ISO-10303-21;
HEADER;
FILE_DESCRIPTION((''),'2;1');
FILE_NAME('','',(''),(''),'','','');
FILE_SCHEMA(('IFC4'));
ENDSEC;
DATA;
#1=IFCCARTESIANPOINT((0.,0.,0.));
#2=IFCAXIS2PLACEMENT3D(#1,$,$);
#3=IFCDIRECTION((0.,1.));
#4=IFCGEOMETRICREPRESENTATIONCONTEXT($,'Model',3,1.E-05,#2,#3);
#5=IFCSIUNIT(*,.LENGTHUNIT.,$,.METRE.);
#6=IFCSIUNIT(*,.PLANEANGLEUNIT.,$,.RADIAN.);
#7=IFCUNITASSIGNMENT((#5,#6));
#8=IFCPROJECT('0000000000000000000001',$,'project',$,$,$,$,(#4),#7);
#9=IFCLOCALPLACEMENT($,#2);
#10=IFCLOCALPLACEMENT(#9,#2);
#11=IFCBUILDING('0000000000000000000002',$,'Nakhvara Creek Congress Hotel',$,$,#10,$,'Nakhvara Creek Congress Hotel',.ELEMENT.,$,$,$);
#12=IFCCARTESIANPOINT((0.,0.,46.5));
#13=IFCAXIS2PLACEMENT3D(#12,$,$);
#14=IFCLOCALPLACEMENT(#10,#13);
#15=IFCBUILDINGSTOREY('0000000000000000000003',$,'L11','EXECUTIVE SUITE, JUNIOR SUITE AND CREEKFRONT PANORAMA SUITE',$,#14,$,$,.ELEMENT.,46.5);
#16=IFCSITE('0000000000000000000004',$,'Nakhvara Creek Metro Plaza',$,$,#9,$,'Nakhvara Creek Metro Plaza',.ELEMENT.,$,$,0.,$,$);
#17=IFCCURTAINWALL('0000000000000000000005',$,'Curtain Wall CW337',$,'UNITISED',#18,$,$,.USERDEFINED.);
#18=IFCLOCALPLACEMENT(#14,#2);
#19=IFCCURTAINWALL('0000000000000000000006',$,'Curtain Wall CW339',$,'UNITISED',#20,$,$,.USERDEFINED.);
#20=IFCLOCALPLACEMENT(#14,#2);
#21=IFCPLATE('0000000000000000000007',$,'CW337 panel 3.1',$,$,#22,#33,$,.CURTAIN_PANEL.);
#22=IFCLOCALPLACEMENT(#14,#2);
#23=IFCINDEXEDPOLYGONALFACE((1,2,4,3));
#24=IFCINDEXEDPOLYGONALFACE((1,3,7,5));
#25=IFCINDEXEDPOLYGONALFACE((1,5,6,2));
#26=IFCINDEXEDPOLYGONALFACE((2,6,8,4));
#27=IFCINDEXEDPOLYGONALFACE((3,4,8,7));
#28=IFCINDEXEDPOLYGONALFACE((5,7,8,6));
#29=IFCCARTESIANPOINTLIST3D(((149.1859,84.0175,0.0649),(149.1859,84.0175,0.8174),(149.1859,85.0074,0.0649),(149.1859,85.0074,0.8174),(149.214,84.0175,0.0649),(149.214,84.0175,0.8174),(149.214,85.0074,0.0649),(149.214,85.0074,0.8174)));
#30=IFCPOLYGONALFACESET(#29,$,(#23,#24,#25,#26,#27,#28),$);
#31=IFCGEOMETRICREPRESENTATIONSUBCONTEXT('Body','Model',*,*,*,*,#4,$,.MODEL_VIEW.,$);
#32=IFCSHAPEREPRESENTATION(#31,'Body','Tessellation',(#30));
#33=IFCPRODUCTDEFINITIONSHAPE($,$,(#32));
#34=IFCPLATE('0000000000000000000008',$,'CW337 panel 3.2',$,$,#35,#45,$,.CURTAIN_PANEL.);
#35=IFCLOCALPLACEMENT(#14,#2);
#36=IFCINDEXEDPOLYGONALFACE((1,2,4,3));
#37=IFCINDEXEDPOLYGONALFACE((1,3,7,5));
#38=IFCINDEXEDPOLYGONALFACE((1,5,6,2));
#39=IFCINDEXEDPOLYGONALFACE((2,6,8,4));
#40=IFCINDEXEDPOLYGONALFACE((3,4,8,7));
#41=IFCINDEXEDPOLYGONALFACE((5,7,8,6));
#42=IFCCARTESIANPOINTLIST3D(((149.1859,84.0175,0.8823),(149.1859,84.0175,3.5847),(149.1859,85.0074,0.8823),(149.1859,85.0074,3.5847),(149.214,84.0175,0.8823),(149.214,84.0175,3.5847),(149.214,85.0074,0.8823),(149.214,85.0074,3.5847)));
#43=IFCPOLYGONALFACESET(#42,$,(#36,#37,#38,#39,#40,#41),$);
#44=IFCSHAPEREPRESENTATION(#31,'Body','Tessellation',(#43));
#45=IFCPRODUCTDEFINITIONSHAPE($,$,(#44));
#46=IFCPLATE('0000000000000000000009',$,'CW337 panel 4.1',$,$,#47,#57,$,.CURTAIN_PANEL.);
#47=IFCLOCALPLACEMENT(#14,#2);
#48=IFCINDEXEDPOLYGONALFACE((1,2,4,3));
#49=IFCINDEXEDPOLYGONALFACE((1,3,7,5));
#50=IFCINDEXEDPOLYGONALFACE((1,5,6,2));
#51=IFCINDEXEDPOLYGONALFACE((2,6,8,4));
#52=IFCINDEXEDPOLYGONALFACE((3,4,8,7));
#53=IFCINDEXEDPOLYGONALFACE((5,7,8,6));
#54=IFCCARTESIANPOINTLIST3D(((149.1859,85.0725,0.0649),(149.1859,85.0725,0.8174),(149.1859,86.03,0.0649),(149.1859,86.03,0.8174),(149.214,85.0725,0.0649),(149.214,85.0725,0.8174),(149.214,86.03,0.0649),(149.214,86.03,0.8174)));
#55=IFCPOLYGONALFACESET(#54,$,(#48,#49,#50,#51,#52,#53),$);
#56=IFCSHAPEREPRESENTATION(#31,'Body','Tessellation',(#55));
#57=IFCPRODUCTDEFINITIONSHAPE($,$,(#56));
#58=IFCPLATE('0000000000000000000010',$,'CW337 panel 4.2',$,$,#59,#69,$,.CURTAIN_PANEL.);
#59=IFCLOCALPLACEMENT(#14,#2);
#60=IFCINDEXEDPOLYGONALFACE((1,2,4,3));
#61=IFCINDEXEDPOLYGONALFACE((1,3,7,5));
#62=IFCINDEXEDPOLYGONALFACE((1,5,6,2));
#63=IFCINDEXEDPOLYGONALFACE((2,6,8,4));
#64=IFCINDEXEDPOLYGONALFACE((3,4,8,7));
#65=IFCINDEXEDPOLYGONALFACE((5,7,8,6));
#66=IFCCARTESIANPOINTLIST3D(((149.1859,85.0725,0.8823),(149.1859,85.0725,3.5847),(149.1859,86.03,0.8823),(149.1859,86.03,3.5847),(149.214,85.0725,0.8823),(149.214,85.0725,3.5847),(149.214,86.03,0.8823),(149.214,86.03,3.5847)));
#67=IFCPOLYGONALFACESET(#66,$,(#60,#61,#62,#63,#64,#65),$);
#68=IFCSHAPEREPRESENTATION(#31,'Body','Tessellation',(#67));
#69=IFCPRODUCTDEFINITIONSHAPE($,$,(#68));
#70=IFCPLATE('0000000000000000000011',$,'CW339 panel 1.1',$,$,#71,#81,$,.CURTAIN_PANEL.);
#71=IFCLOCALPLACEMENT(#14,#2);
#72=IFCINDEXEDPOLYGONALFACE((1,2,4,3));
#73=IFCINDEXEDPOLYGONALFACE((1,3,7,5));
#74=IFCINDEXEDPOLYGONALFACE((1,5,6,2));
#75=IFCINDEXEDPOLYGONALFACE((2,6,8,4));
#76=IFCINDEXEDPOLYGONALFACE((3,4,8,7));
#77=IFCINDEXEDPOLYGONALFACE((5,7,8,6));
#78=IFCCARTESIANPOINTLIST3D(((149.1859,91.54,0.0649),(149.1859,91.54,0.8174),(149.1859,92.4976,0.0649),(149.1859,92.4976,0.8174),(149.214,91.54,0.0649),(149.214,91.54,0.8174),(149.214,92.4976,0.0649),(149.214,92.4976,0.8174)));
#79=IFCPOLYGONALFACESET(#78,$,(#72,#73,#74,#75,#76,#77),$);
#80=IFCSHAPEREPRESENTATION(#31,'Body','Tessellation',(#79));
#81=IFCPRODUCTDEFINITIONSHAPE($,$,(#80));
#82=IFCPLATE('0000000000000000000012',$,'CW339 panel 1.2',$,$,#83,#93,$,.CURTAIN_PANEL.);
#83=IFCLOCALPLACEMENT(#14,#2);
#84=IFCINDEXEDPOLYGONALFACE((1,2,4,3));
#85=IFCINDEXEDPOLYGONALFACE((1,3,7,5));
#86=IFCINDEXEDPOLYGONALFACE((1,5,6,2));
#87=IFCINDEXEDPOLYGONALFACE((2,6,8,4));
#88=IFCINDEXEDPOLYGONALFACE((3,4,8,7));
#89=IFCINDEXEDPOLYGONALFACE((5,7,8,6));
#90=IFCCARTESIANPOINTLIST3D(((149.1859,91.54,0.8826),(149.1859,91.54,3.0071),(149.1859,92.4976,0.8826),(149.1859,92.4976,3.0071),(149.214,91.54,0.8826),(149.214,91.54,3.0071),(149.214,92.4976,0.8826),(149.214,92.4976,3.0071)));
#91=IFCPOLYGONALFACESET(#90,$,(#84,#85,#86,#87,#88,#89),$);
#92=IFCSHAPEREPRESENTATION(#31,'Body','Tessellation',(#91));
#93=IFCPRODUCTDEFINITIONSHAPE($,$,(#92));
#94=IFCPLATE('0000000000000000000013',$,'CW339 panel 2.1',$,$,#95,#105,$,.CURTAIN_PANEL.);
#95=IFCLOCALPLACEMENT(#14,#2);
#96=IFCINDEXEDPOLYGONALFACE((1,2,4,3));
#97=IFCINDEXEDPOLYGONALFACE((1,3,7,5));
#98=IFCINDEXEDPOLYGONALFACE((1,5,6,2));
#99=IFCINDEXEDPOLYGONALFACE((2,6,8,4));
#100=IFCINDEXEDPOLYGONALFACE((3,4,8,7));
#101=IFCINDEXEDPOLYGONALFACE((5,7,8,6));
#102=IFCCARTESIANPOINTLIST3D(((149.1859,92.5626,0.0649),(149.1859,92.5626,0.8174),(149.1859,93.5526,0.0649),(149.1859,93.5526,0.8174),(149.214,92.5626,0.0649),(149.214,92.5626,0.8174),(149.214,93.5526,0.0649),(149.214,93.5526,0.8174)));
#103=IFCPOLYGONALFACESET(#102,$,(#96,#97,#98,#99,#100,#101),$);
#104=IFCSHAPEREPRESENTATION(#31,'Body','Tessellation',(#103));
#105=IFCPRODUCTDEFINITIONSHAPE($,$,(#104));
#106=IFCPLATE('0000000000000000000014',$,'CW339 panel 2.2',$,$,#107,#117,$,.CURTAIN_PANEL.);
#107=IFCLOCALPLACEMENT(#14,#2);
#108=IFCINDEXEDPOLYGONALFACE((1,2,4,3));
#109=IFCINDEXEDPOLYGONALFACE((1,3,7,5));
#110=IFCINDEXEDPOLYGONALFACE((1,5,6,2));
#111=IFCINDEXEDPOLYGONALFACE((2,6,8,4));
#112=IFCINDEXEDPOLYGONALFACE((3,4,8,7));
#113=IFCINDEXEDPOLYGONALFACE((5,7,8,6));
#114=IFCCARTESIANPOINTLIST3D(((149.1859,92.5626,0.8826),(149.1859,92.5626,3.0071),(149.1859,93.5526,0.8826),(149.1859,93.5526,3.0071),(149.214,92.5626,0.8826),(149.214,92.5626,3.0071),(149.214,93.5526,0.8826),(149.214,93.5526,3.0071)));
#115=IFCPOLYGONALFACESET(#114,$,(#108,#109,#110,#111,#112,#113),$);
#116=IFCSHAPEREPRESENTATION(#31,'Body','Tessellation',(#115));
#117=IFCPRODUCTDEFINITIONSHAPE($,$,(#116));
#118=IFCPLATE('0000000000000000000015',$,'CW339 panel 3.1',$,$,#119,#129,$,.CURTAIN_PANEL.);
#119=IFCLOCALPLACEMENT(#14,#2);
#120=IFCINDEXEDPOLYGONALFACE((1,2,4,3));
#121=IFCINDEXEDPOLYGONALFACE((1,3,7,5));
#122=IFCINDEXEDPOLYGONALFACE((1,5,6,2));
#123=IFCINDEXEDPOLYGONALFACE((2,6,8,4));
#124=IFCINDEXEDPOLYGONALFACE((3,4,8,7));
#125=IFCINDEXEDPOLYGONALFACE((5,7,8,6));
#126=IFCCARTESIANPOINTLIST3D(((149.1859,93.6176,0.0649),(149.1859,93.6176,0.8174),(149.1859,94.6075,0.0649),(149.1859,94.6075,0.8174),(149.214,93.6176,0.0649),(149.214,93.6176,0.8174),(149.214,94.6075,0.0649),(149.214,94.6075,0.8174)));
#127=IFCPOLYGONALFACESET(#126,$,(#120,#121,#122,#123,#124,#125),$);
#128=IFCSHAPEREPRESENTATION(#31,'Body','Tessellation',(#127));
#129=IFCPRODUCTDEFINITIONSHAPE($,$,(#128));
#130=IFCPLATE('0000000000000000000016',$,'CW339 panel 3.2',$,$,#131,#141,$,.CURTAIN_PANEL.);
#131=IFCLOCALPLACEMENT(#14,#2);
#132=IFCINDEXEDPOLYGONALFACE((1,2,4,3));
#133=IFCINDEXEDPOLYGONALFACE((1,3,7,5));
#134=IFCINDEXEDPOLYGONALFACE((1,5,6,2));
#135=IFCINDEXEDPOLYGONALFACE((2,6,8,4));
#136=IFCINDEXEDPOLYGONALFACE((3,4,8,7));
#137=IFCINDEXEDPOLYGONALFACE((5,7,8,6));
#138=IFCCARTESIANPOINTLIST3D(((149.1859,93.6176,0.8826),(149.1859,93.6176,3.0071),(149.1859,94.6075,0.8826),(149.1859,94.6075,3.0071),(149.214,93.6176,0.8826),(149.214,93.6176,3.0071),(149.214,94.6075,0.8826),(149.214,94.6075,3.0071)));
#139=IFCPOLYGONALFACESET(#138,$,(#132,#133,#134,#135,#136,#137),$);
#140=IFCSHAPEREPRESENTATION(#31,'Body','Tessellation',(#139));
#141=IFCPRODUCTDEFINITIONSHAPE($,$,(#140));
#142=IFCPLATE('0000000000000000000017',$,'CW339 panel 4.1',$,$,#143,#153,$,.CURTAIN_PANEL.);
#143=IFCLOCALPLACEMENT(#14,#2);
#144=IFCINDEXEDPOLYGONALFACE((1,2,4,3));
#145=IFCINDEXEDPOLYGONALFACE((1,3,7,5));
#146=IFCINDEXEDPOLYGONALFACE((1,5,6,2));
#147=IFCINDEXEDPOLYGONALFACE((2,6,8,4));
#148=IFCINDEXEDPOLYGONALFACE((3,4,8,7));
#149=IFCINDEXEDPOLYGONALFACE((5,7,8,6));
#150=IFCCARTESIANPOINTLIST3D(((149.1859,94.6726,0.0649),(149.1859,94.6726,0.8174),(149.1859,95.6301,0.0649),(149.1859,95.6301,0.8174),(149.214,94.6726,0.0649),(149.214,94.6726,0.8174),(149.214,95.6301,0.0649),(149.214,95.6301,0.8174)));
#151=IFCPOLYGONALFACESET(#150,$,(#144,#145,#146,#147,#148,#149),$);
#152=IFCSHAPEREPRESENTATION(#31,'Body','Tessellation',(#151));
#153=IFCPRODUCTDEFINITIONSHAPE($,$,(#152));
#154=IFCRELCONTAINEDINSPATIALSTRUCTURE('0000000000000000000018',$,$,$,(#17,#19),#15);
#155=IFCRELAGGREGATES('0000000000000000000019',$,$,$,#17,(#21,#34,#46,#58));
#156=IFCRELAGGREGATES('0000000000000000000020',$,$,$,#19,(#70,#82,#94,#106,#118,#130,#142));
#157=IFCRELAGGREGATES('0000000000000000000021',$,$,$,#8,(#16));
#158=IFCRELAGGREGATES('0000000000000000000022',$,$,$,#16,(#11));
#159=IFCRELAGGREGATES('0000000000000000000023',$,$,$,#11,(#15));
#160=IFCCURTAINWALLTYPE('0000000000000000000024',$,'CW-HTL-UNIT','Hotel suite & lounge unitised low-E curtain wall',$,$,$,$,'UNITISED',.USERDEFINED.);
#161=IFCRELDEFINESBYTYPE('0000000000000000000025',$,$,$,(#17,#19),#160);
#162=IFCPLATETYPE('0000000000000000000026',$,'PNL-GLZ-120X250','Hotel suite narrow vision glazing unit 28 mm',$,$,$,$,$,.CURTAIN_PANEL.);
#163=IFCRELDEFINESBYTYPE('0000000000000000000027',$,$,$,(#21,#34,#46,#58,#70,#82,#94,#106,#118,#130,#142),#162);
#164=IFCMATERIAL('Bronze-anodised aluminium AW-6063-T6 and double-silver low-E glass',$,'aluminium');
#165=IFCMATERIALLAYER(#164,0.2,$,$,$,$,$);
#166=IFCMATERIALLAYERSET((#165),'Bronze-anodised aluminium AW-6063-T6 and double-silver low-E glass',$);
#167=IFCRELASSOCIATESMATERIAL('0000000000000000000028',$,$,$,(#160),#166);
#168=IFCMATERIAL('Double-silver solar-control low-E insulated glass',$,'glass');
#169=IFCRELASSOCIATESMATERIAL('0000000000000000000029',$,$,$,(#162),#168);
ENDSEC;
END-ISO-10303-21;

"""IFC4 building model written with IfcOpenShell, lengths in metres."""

from ifc_helpers import new_model, si_unit, direction, frame, origin, origin_2d, place, context, subcontext, project, spatial, rectangle, extrude, material, layer, layer_set, type_object, element, aggregate, save


model = new_model("IFC4")

# Units and contexts
model_context = context("Model", 3, precision=1e-05, world=origin(), true_north=direction((0.0, 1.0)))
body_context = subcontext(model_context, "Body", "Model", "MODEL_VIEW")
ifc_project = project(units=[si_unit("LENGTHUNIT", "METRE"), si_unit("PLANEANGLEUNIT", "RADIAN")], contexts=[model_context])

# Site, building, storey
site_placement = place(None, origin())
site = spatial("IfcSite", under=ifc_project, at=site_placement, Name="Nakhvara Creek Metro Plaza", LongName="Nakhvara Creek Metro Plaza", CompositionType="ELEMENT", RefElevation=0.0)
building_placement = place(site_placement, origin())
building = spatial("IfcBuilding", under=site, at=building_placement, Name="Nakhvara Creek Congress Hotel", LongName="Nakhvara Creek Congress Hotel", CompositionType="ELEMENT")
storey_placement = place(building_placement, frame((0.0, 0.0, 46.5)))
storey = spatial("IfcBuildingStorey", under=building, at=storey_placement, Name="L11", Description="EXECUTIVE SUITE, JUNIOR SUITE AND CREEKFRONT PANORAMA SUITE", CompositionType="ELEMENT", Elevation=46.5)

# Curtain walls
ifc_material_1 = material(Name="Bronze-anodised aluminium AW-6063-T6 and double-silver low-E glass", Category="aluminium")
ifc_layer = layer(ifc_material_1, 0.2)
ifc_layer_set = layer_set([ifc_layer], Name="Bronze-anodised aluminium AW-6063-T6 and double-silver low-E glass")
curtain_wall_type = type_object("IfcCurtainWallType", Name="CW-HTL-UNIT", Description="Hotel suite & lounge unitised low-E curtain wall", ElementType="UNITISED", PredefinedType="USERDEFINED", material=ifc_layer_set)
curtain_wall_1_placement = place(storey_placement, origin())
curtain_wall_1 = element("IfcCurtainWall", 1, at=curtain_wall_1_placement, inside=storey, type_object=curtain_wall_type, Name="Curtain Wall CW337", ObjectType="UNITISED", PredefinedType="USERDEFINED")
curtain_wall_2_placement = place(storey_placement, origin())
curtain_wall_2 = element("IfcCurtainWall", 2, at=curtain_wall_2_placement, inside=storey, type_object=curtain_wall_type, Name="Curtain Wall CW339", ObjectType="UNITISED", PredefinedType="USERDEFINED")

# Plates
ifc_material_2 = material(Name="Double-silver solar-control low-E insulated glass", Category="glass")
plate_type = type_object("IfcPlateType", Name="PNL-GLZ-120X250", Description="Hotel suite narrow vision glazing unit 28 mm", PredefinedType="CURTAIN_PANEL", material=ifc_material_2)
plate_1_placement = place(storey_placement, frame((149.2, 84.5125, 0.0649), z_axis=(0.0, 0.0, 1.0), x_axis=(0.0, 1.0, 0.0)))
plate_1 = element("IfcPlate", 3, at=plate_1_placement, type_object=plate_type, Name="CW337 panel 3.1", PredefinedType="CURTAIN_PANEL", context=body_context, shape_type="SweptSolid", body=[
    extrude(rectangle(XDim=0.99, YDim=0.0281, at=origin_2d()), origin(), (0.0, 0.0, 1.0), 0.7524),
])
plate_2_placement = place(storey_placement, frame((149.2, 84.5125, 0.8823), z_axis=(0.0, 0.0, 1.0), x_axis=(0.0, 1.0, 0.0)))
plate_2 = element("IfcPlate", 4, at=plate_2_placement, type_object=plate_type, Name="CW337 panel 3.2", PredefinedType="CURTAIN_PANEL", context=body_context, shape_type="SweptSolid", body=[
    extrude(rectangle(XDim=0.99, YDim=0.0281, at=origin_2d()), origin(), (0.0, 0.0, 1.0), 2.7024),
])
plate_3_placement = place(storey_placement, frame((149.2, 85.5513, 0.0649), z_axis=(0.0, 0.0, 1.0), x_axis=(0.0, 1.0, 0.0)))
plate_3 = element("IfcPlate", 5, at=plate_3_placement, type_object=plate_type, Name="CW337 panel 4.1", PredefinedType="CURTAIN_PANEL", context=body_context, shape_type="SweptSolid", body=[
    extrude(rectangle(XDim=0.9575, YDim=0.0281, at=origin_2d()), origin(), (0.0, 0.0, 1.0), 0.7524),
])
plate_4_placement = place(storey_placement, frame((149.2, 85.5513, 0.8823), z_axis=(0.0, 0.0, 1.0), x_axis=(0.0, 1.0, 0.0)))
plate_4 = element("IfcPlate", 6, at=plate_4_placement, type_object=plate_type, Name="CW337 panel 4.2", PredefinedType="CURTAIN_PANEL", context=body_context, shape_type="SweptSolid", body=[
    extrude(rectangle(XDim=0.9575, YDim=0.0281, at=origin_2d()), origin(), (0.0, 0.0, 1.0), 2.7024),
])
aggregate(curtain_wall_1, [plate_1, plate_2, plate_3, plate_4])
plate_5_placement = place(storey_placement, frame((149.2, 92.0188, 0.0649), z_axis=(0.0, 0.0, 1.0), x_axis=(0.0, 1.0, 0.0)))
plate_5 = element("IfcPlate", 7, at=plate_5_placement, type_object=plate_type, Name="CW339 panel 1.1", PredefinedType="CURTAIN_PANEL", context=body_context, shape_type="SweptSolid", body=[
    extrude(rectangle(XDim=0.9575, YDim=0.0281, at=origin_2d()), origin(), (0.0, 0.0, 1.0), 0.7524),
])
plate_6_placement = place(storey_placement, frame((149.2, 92.0188, 0.8826), z_axis=(0.0, 0.0, 1.0), x_axis=(0.0, 1.0, 0.0)))
plate_6 = element("IfcPlate", 8, at=plate_6_placement, type_object=plate_type, Name="CW339 panel 1.2", PredefinedType="CURTAIN_PANEL", context=body_context, shape_type="SweptSolid", body=[
    extrude(rectangle(XDim=0.9575, YDim=0.0281, at=origin_2d()), origin(), (0.0, 0.0, 1.0), 2.1245),
])
plate_7_placement = place(storey_placement, frame((149.2, 93.0576, 0.0649), z_axis=(0.0, 0.0, 1.0), x_axis=(0.0, 1.0, 0.0)))
plate_7 = element("IfcPlate", 9, at=plate_7_placement, type_object=plate_type, Name="CW339 panel 2.1", PredefinedType="CURTAIN_PANEL", context=body_context, shape_type="SweptSolid", body=[
    extrude(rectangle(XDim=0.99, YDim=0.0281, at=origin_2d()), origin(), (0.0, 0.0, 1.0), 0.7524),
])
plate_8_placement = place(storey_placement, frame((149.2, 93.0576, 0.8826), z_axis=(0.0, 0.0, 1.0), x_axis=(0.0, 1.0, 0.0)))
plate_8 = element("IfcPlate", 10, at=plate_8_placement, type_object=plate_type, Name="CW339 panel 2.2", PredefinedType="CURTAIN_PANEL", context=body_context, shape_type="SweptSolid", body=[
    extrude(rectangle(XDim=0.99, YDim=0.0281, at=origin_2d()), origin(), (0.0, 0.0, 1.0), 2.1245),
])
plate_9_placement = place(storey_placement, frame((149.2, 94.1125, 0.0649), z_axis=(0.0, 0.0, 1.0), x_axis=(0.0, 1.0, 0.0)))
plate_9 = element("IfcPlate", 11, at=plate_9_placement, type_object=plate_type, Name="CW339 panel 3.1", PredefinedType="CURTAIN_PANEL", context=body_context, shape_type="SweptSolid", body=[
    extrude(rectangle(XDim=0.99, YDim=0.0281, at=origin_2d()), origin(), (0.0, 0.0, 1.0), 0.7524),
])
plate_10_placement = place(storey_placement, frame((149.2, 94.1125, 0.8826), z_axis=(0.0, 0.0, 1.0), x_axis=(0.0, 1.0, 0.0)))
plate_10 = element("IfcPlate", 12, at=plate_10_placement, type_object=plate_type, Name="CW339 panel 3.2", PredefinedType="CURTAIN_PANEL", context=body_context, shape_type="SweptSolid", body=[
    extrude(rectangle(XDim=0.99, YDim=0.0281, at=origin_2d()), origin(), (0.0, 0.0, 1.0), 2.1245),
])
plate_11_placement = place(storey_placement, frame((149.2, 95.1514, 0.0649), z_axis=(0.0, 0.0, 1.0), x_axis=(0.0, 1.0, 0.0)))
plate_11 = element("IfcPlate", 13, at=plate_11_placement, type_object=plate_type, Name="CW339 panel 4.1", PredefinedType="CURTAIN_PANEL", context=body_context, shape_type="SweptSolid", body=[
    extrude(rectangle(XDim=0.9575, YDim=0.0281, at=origin_2d()), origin(), (0.0, 0.0, 1.0), 0.7524),
])
aggregate(curtain_wall_2, [plate_5, plate_6, plate_7, plate_8, plate_9, plate_10, plate_11])

save(model, "model.ifc")
